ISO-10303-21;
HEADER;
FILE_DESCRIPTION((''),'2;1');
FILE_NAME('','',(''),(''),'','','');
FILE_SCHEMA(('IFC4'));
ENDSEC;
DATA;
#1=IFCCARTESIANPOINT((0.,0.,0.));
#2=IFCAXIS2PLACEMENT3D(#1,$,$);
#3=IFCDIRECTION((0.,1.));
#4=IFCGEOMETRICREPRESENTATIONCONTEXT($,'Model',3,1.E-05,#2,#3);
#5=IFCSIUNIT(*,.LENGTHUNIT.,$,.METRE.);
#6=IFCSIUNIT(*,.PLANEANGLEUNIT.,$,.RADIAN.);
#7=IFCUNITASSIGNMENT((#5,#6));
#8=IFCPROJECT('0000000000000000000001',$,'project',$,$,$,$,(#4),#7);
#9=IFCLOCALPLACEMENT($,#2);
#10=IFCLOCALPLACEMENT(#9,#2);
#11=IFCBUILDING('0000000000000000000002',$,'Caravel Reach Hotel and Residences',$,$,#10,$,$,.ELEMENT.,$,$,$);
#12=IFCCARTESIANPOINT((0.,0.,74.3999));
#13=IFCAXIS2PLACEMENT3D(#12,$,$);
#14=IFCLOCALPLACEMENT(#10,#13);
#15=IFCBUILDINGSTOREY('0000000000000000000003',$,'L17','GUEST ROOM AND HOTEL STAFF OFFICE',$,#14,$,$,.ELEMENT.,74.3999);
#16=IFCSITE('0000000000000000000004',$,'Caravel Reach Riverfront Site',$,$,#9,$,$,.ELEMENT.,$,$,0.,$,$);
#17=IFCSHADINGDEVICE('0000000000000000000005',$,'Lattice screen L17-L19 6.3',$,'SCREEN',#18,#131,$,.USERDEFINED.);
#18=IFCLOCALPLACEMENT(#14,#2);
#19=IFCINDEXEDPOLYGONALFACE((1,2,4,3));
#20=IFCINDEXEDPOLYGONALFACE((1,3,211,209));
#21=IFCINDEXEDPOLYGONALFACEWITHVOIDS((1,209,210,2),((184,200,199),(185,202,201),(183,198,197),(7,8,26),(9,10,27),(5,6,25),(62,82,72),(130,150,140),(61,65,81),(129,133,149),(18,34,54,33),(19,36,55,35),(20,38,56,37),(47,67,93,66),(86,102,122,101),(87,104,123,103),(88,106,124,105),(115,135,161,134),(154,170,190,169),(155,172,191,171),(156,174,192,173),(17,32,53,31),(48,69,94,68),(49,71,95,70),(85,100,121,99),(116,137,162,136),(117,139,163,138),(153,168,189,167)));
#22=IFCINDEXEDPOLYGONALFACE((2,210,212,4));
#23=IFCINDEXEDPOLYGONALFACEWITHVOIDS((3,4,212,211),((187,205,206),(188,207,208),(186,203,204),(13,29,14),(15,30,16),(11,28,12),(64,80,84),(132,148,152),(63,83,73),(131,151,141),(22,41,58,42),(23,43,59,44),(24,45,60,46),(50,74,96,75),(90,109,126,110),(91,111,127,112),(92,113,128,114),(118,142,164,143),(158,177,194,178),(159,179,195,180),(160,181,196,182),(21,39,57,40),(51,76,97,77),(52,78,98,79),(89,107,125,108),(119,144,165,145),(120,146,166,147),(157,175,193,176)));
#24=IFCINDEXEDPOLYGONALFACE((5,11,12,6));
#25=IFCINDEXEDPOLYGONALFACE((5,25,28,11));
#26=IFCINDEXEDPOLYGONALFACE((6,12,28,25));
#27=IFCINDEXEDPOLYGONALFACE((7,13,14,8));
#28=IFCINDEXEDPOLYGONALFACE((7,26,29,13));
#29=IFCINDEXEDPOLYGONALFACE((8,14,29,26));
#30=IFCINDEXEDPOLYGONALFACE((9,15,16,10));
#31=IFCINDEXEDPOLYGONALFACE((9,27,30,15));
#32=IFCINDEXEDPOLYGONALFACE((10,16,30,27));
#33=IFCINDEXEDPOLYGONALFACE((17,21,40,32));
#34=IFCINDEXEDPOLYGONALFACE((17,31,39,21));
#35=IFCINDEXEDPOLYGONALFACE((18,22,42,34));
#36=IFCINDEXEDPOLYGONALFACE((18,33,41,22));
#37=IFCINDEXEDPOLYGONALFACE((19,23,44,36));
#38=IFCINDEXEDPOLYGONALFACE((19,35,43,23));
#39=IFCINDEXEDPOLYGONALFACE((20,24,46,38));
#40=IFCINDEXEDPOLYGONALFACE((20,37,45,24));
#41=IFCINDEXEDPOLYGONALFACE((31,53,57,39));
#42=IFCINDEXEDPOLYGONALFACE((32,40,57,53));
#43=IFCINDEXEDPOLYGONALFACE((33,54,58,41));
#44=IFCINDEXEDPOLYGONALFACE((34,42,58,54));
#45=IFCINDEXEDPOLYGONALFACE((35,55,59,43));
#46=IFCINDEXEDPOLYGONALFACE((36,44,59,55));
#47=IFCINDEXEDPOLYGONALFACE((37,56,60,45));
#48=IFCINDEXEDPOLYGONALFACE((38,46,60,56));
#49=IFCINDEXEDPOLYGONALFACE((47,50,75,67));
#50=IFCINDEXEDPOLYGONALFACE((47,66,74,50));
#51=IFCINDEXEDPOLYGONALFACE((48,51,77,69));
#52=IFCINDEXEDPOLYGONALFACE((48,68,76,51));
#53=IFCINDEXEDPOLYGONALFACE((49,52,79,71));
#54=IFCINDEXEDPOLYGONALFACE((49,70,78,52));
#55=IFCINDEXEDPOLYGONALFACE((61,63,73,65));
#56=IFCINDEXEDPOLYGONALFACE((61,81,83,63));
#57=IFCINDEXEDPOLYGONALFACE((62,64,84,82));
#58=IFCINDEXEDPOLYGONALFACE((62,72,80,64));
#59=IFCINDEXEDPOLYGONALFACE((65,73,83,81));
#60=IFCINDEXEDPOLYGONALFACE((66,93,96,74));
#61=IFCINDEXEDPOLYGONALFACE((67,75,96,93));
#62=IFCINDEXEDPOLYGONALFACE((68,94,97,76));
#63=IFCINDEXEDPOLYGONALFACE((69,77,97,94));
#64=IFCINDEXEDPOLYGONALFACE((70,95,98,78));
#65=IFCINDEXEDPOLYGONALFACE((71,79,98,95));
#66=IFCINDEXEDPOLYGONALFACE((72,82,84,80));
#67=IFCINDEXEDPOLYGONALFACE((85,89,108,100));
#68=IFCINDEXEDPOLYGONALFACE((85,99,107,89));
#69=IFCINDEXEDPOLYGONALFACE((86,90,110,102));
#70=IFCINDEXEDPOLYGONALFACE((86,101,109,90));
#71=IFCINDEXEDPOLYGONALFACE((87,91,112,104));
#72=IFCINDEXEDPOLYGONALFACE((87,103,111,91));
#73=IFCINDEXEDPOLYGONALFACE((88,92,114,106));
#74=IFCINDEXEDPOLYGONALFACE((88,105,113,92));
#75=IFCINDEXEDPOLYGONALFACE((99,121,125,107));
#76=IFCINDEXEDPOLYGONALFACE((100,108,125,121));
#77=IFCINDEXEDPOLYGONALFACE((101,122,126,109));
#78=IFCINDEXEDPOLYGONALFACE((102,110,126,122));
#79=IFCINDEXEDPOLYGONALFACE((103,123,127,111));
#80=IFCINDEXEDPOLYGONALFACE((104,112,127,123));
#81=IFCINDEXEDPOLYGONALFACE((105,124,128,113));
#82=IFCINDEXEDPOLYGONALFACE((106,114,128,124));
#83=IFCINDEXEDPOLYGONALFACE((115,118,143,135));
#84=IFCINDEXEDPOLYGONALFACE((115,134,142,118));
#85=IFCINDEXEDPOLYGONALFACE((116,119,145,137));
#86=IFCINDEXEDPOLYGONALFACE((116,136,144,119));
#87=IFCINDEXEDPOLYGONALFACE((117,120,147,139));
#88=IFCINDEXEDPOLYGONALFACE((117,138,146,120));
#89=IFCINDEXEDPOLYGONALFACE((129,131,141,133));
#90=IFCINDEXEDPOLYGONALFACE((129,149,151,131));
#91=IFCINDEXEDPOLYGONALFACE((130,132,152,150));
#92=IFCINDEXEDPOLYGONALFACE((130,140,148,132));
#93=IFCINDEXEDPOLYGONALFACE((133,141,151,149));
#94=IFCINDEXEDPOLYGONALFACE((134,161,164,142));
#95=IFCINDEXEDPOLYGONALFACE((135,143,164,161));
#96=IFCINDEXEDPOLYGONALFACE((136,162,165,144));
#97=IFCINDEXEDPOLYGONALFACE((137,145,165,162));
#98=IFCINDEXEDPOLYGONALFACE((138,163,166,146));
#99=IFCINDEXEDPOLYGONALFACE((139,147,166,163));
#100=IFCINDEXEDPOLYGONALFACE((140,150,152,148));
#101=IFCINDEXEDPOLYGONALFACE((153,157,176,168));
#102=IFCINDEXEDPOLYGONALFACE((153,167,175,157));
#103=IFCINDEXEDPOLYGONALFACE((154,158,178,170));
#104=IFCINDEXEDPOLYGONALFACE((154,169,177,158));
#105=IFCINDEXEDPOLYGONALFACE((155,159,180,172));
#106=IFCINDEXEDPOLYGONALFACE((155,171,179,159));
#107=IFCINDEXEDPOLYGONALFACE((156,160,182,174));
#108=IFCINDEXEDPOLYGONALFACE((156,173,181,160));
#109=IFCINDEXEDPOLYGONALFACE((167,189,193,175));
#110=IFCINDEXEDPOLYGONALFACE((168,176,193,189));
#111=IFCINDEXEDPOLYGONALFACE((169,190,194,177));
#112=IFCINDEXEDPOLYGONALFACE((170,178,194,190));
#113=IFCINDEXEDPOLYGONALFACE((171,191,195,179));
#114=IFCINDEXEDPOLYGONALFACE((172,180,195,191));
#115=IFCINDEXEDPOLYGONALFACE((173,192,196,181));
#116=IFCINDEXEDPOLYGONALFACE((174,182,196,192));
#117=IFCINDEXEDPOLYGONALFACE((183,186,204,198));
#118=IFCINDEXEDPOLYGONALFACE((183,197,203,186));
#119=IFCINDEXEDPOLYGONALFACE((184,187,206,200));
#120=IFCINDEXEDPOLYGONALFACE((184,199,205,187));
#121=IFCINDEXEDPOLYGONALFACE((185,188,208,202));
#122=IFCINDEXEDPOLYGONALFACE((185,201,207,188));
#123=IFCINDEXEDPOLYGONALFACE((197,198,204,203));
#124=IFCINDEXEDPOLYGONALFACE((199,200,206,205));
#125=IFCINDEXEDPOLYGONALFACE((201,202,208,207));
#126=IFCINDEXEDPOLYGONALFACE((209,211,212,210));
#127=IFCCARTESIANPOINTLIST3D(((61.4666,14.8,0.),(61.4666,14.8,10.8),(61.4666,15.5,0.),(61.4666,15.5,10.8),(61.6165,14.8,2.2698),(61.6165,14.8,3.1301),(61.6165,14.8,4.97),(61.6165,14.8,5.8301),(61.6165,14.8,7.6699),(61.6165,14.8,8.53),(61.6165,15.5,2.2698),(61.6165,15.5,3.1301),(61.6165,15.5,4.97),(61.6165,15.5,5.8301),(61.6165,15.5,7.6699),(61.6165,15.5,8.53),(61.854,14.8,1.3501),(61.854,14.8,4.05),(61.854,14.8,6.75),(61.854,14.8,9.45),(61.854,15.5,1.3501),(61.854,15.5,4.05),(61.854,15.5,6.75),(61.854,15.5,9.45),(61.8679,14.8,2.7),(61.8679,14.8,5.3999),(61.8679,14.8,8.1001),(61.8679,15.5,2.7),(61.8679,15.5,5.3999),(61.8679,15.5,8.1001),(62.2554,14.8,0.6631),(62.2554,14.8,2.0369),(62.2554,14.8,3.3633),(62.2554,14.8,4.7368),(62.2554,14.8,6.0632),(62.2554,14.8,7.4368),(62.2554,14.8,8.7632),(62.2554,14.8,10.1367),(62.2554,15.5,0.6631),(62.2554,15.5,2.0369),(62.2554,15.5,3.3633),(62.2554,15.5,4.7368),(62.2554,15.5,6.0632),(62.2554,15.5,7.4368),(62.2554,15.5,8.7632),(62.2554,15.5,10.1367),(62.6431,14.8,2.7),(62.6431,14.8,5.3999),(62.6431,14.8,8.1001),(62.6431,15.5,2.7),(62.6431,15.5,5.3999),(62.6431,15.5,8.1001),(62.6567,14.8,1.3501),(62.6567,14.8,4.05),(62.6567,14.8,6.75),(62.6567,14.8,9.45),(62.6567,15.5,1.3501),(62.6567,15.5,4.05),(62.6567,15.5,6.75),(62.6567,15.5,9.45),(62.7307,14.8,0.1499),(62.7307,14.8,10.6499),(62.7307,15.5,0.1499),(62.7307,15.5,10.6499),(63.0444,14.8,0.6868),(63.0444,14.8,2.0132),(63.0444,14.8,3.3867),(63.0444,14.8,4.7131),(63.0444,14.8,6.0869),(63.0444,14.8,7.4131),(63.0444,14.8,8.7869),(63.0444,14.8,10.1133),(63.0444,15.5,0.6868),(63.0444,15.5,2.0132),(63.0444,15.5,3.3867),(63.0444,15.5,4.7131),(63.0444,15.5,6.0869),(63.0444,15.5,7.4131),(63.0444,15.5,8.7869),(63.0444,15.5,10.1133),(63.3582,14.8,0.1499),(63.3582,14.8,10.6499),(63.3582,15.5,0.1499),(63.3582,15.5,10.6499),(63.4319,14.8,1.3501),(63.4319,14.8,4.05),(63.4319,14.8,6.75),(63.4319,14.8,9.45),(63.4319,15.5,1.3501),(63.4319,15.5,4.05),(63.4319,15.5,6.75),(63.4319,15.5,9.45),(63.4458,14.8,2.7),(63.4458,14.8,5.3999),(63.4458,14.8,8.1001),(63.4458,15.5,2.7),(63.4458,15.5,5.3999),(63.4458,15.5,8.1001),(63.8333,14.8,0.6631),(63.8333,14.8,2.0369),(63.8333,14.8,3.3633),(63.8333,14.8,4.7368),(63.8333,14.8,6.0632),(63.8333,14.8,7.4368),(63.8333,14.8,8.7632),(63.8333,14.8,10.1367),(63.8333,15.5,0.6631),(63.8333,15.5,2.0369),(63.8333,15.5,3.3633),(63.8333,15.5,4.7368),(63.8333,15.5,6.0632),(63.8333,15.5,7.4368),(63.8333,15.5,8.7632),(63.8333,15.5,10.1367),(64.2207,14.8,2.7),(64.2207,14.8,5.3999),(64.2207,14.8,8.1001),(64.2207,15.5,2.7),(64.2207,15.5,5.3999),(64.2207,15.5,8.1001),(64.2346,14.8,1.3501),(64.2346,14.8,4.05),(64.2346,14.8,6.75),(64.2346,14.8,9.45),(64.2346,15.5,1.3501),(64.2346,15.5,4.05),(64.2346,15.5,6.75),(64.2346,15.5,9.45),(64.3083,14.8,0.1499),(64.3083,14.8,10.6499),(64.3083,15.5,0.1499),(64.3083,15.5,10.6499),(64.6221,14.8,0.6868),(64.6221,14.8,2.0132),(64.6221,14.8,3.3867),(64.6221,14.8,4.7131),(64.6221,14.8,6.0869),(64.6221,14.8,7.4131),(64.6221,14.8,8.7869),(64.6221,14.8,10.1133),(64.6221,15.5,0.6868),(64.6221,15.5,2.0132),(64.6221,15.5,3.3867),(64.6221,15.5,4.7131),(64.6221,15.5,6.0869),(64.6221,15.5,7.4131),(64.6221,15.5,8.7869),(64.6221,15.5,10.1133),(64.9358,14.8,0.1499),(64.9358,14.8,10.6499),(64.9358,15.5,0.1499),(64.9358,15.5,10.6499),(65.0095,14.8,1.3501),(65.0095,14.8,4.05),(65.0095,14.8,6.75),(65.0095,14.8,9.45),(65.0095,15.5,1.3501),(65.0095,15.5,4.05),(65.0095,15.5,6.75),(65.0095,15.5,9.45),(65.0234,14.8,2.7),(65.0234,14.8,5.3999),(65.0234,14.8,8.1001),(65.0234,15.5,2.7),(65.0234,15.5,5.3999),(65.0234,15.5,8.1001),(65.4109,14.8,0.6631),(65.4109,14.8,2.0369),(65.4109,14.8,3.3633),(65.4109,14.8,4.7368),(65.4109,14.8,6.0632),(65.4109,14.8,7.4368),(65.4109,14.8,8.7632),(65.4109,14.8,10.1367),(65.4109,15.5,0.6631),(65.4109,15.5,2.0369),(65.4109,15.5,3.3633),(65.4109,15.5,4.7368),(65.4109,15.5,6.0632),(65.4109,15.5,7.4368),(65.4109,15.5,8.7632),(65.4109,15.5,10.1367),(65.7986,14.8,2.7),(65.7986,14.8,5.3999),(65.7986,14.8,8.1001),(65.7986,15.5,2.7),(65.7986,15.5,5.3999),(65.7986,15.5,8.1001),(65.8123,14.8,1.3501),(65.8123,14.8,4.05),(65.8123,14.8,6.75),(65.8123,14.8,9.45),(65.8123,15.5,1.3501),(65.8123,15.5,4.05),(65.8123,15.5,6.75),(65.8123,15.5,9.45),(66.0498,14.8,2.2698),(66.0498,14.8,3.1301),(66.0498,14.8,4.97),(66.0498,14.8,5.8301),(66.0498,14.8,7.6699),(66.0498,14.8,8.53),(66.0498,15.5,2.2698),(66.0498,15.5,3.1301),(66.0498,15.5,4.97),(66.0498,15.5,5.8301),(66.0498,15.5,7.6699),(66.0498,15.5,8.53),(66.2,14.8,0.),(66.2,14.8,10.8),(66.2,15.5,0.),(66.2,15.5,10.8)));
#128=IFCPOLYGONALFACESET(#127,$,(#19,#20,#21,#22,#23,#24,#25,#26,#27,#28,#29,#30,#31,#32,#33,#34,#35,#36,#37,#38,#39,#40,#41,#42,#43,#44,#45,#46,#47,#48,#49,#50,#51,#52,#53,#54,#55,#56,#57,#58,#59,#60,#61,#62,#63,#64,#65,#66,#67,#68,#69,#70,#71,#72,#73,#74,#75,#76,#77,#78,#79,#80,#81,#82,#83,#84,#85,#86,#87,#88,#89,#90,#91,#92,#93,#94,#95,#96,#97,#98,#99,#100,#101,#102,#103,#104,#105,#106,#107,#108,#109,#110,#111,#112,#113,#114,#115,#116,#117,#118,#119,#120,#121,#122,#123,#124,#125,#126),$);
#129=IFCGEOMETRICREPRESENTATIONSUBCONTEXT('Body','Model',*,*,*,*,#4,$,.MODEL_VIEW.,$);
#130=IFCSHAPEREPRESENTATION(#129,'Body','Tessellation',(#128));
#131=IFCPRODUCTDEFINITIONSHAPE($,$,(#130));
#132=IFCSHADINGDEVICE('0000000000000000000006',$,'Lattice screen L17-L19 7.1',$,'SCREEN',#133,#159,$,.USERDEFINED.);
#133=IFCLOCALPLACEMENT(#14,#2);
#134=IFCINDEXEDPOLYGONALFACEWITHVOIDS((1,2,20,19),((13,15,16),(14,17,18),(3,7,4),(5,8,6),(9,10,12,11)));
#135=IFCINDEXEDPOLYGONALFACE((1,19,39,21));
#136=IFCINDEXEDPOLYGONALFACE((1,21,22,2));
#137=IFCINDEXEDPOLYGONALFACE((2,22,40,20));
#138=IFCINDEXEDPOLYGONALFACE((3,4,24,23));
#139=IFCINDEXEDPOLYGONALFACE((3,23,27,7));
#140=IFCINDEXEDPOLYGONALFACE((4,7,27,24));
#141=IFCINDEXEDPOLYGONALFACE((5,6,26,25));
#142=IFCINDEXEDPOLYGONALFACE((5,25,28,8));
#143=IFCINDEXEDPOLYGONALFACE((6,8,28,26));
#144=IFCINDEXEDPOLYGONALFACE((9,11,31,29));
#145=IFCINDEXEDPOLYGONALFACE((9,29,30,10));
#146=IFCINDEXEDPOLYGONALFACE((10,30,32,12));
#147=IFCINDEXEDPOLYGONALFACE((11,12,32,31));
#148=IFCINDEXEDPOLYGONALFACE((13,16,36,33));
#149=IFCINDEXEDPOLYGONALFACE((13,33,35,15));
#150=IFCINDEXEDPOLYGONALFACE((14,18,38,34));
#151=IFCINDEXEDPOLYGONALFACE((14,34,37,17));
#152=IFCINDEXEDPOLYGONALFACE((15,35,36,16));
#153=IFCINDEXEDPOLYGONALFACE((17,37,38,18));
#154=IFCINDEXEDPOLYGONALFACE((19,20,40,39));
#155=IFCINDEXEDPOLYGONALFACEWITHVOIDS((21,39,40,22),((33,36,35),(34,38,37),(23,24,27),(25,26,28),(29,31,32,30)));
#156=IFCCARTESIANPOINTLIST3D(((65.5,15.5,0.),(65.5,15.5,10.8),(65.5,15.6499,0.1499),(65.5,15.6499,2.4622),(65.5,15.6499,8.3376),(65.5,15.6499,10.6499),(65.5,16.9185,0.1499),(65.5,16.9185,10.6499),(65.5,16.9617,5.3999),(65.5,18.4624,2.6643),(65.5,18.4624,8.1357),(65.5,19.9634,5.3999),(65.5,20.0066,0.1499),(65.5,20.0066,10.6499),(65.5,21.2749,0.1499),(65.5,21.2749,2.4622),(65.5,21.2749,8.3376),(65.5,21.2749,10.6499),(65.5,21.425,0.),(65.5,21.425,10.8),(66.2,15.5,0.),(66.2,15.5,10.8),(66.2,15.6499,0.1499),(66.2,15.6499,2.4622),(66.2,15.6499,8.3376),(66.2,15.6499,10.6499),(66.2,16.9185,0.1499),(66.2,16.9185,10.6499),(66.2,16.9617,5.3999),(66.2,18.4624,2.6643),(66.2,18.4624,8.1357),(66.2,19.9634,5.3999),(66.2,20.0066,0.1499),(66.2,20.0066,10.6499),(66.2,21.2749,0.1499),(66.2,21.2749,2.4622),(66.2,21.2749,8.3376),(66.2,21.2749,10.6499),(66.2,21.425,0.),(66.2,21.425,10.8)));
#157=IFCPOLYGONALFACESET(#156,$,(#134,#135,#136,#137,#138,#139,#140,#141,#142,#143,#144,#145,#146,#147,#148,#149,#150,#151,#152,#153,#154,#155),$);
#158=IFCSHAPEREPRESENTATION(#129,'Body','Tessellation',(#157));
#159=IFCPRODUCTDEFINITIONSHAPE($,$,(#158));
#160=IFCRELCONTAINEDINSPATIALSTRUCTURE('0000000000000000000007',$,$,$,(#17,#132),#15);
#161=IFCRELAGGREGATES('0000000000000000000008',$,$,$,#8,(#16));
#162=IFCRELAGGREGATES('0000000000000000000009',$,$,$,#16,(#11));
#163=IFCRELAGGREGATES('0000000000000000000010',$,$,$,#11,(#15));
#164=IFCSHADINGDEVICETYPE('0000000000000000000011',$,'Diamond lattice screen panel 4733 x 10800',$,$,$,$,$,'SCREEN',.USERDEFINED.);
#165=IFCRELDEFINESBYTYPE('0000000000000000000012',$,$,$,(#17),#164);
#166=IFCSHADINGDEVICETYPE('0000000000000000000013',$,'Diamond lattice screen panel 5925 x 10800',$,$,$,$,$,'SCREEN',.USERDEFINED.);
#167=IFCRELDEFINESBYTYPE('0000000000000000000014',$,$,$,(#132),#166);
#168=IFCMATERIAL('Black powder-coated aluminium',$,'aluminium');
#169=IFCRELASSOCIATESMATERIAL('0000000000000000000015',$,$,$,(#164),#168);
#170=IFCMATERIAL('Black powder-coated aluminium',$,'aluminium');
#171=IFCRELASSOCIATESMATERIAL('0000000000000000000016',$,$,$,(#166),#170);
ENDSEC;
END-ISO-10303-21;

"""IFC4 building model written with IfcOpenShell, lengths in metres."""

from ifc_helpers import new_model, si_unit, direction, frame, origin, place, context, subcontext, project, spatial, polyline, outline, extrude, material, type_object, element, save


model = new_model("IFC4")

# Units and contexts
model_context = context("Model", 3, precision=1e-05, world=origin(), true_north=direction((0.0, 1.0)))
body_context = subcontext(model_context, "Body", "Model", "MODEL_VIEW")
ifc_project = project(units=[si_unit("LENGTHUNIT", "METRE"), si_unit("PLANEANGLEUNIT", "RADIAN")], contexts=[model_context])

# Site, building, storey
site_placement = place(None, origin())
site = spatial("IfcSite", under=ifc_project, at=site_placement, Name="Caravel Reach Riverfront Site", CompositionType="ELEMENT", RefElevation=0.0)
building_placement = place(site_placement, origin())
building = spatial("IfcBuilding", under=site, at=building_placement, Name="Caravel Reach Hotel and Residences", CompositionType="ELEMENT")
storey_placement = place(building_placement, frame((0.0, 0.0, 74.3999)))
storey = spatial("IfcBuildingStorey", under=building, at=storey_placement, Name="L17", Description="GUEST ROOM AND HOTEL STAFF OFFICE", CompositionType="ELEMENT", Elevation=74.3999)

# Shading devices
ifc_material_1 = material(Name="Black powder-coated aluminium", Category="aluminium")
shading_device_type_1 = type_object("IfcShadingDeviceType", Name="Diamond lattice screen panel 4733 x 10800", ElementType="SCREEN", PredefinedType="USERDEFINED", material=ifc_material_1)
shading_device_placement = place(storey_placement, frame((61.4666, 15.5, 0.0), z_axis=(0.0, -1.0, 0.0), x_axis=(1.0, 0.0, 0.0)))
element("IfcShadingDevice", 1, at=shading_device_placement, inside=storey, type_object=shading_device_type_1, Name="Lattice screen L17-L19 6.3", ObjectType="SCREEN", PredefinedType="USERDEFINED", context=body_context, shape_type="SweptSolid", body=[
    extrude(outline(polyline([(0.0, 0.0), (4.7334, 0.0), (4.7334, 10.8), (0.0, 10.8), (0.0, 0.0)]), holes=[polyline([(0.4014, 2.7), (0.1499, 3.1301), (0.1499, 2.2698), (0.4014, 2.7)]), polyline([(0.4014, 5.3999), (0.1499, 5.8301), (0.1499, 4.97), (0.4014, 5.3999)]), polyline([(0.4014, 8.1001), (0.1499, 8.53), (0.1499, 7.6699), (0.4014, 8.1001)]), polyline([(0.7888, 2.0369), (0.3875, 1.3501), (0.7888, 0.6631), (1.1902, 1.3501), (0.7888, 2.0369)]), polyline([(0.7888, 4.7368), (0.3875, 4.05), (0.7888, 3.3633), (1.1902, 4.05), (0.7888, 4.7368)]), polyline([(0.7888, 7.4368), (0.3875, 6.75), (0.7888, 6.0632), (1.1902, 6.75), (0.7888, 7.4368)]), polyline([(0.7888, 10.1367), (0.3875, 9.45), (0.7888, 8.7632), (1.1902, 9.45), (0.7888, 10.1367)]), polyline([(1.5779, 0.6868), (1.2642, 0.1499), (1.8916, 0.1499), (1.5779, 0.6868)]), polyline([(1.5779, 3.3867), (1.1765, 2.7), (1.5779, 2.0132), (1.9792, 2.7), (1.5779, 3.3867)]), polyline([(1.5779, 6.0869), (1.1765, 5.3999), (1.5779, 4.7131), (1.9792, 5.3999), (1.5779, 6.0869)]), polyline([(1.5779, 8.7869), (1.1765, 8.1001), (1.5779, 7.4131), (1.9792, 8.1001), (1.5779, 8.7869)]), polyline([(1.5779, 10.1133), (1.8916, 10.6499), (1.2642, 10.6499), (1.5779, 10.1133)]), polyline([(2.3667, 2.0369), (1.9653, 1.3501), (2.3667, 0.6631), (2.7681, 1.3501), (2.3667, 2.0369)]), polyline([(2.3667, 4.7368), (1.9653, 4.05), (2.3667, 3.3633), (2.7681, 4.05), (2.3667, 4.7368)]), polyline([(2.3667, 7.4368), (1.9653, 6.75), (2.3667, 6.0632), (2.7681, 6.75), (2.3667, 7.4368)]), polyline([(2.3667, 10.1367), (1.9653, 9.45), (2.3667, 8.7632), (2.7681, 9.45), (2.3667, 10.1367)]), polyline([(3.1555, 0.6868), (2.8418, 0.1499), (3.4692, 0.1499), (3.1555, 0.6868)]), polyline([(3.1555, 3.3867), (2.7542, 2.7), (3.1555, 2.0132), (3.5569, 2.7), (3.1555, 3.3867)]), polyline([(3.1555, 6.0869), (2.7542, 5.3999), (3.1555, 4.7131), (3.5569, 5.3999), (3.1555, 6.0869)]), polyline([(3.1555, 8.7869), (2.7542, 8.1001), (3.1555, 7.4131), (3.5569, 8.1001), (3.1555, 8.7869)]), polyline([(3.1555, 10.1133), (3.4692, 10.6499), (2.8418, 10.6499), (3.1555, 10.1133)]), polyline([(3.9443, 2.0369), (3.543, 1.3501), (3.9443, 0.6631), (4.3457, 1.3501), (3.9443, 2.0369)]), polyline([(3.9443, 4.7368), (3.543, 4.05), (3.9443, 3.3633), (4.3457, 4.05), (3.9443, 4.7368)]), polyline([(3.9443, 7.4368), (3.543, 6.75), (3.9443, 6.0632), (4.3457, 6.75), (3.9443, 7.4368)]), polyline([(3.9443, 10.1367), (3.543, 9.45), (3.9443, 8.7632), (4.3457, 9.45), (3.9443, 10.1367)]), polyline([(4.332, 2.7), (4.5833, 2.2698), (4.5833, 3.1301), (4.332, 2.7)]), polyline([(4.332, 5.3999), (4.5833, 4.97), (4.5833, 5.8301), (4.332, 5.3999)]), polyline([(4.332, 8.1001), (4.5833, 7.6699), (4.5833, 8.53), (4.332, 8.1001)])]), origin(), (0.0, 0.0, 1.0), 0.7),
])
ifc_material_2 = material(Name="Black powder-coated aluminium", Category="aluminium")
shading_device_type_2 = type_object("IfcShadingDeviceType", Name="Diamond lattice screen panel 5925 x 10800", ElementType="SCREEN", PredefinedType="USERDEFINED", material=ifc_material_2)
for number, where, z_axis, x_axis, name in (
    (2, (65.5, 15.5, 0.0), (1.0, 0.0, 0.0), (0.0, 1.0, 0.0), "Lattice screen L17-L19 7.1"),
):
    element("IfcShadingDevice", number, at=place(storey_placement, frame(where, z_axis=z_axis, x_axis=x_axis)), inside=storey, type_object=shading_device_type_2, Name=name, ObjectType="SCREEN", PredefinedType="USERDEFINED", context=body_context, shape_type="SweptSolid", body=[
        extrude(outline(polyline([(0.0, 0.0), (5.925, 0.0), (5.925, 10.8), (0.0, 10.8), (0.0, 0.0)]), holes=[polyline([(1.4185, 0.1499), (0.1499, 2.4622), (0.1499, 0.1499), (1.4185, 0.1499)]), polyline([(0.1499, 8.3376), (1.4185, 10.6499), (0.1499, 10.6499), (0.1499, 8.3376)]), polyline([(2.9624, 8.1357), (1.4617, 5.3999), (2.9624, 2.6643), (4.4634, 5.3999), (2.9624, 8.1357)]), polyline([(5.7749, 2.4622), (4.5066, 0.1499), (5.7749, 0.1499), (5.7749, 2.4622)]), polyline([(4.5066, 10.6499), (5.7749, 8.3376), (5.7749, 10.6499), (4.5066, 10.6499)])]), origin(), (0.0, 0.0, 1.0), 0.7),
    ])

save(model, "model.ifc")
